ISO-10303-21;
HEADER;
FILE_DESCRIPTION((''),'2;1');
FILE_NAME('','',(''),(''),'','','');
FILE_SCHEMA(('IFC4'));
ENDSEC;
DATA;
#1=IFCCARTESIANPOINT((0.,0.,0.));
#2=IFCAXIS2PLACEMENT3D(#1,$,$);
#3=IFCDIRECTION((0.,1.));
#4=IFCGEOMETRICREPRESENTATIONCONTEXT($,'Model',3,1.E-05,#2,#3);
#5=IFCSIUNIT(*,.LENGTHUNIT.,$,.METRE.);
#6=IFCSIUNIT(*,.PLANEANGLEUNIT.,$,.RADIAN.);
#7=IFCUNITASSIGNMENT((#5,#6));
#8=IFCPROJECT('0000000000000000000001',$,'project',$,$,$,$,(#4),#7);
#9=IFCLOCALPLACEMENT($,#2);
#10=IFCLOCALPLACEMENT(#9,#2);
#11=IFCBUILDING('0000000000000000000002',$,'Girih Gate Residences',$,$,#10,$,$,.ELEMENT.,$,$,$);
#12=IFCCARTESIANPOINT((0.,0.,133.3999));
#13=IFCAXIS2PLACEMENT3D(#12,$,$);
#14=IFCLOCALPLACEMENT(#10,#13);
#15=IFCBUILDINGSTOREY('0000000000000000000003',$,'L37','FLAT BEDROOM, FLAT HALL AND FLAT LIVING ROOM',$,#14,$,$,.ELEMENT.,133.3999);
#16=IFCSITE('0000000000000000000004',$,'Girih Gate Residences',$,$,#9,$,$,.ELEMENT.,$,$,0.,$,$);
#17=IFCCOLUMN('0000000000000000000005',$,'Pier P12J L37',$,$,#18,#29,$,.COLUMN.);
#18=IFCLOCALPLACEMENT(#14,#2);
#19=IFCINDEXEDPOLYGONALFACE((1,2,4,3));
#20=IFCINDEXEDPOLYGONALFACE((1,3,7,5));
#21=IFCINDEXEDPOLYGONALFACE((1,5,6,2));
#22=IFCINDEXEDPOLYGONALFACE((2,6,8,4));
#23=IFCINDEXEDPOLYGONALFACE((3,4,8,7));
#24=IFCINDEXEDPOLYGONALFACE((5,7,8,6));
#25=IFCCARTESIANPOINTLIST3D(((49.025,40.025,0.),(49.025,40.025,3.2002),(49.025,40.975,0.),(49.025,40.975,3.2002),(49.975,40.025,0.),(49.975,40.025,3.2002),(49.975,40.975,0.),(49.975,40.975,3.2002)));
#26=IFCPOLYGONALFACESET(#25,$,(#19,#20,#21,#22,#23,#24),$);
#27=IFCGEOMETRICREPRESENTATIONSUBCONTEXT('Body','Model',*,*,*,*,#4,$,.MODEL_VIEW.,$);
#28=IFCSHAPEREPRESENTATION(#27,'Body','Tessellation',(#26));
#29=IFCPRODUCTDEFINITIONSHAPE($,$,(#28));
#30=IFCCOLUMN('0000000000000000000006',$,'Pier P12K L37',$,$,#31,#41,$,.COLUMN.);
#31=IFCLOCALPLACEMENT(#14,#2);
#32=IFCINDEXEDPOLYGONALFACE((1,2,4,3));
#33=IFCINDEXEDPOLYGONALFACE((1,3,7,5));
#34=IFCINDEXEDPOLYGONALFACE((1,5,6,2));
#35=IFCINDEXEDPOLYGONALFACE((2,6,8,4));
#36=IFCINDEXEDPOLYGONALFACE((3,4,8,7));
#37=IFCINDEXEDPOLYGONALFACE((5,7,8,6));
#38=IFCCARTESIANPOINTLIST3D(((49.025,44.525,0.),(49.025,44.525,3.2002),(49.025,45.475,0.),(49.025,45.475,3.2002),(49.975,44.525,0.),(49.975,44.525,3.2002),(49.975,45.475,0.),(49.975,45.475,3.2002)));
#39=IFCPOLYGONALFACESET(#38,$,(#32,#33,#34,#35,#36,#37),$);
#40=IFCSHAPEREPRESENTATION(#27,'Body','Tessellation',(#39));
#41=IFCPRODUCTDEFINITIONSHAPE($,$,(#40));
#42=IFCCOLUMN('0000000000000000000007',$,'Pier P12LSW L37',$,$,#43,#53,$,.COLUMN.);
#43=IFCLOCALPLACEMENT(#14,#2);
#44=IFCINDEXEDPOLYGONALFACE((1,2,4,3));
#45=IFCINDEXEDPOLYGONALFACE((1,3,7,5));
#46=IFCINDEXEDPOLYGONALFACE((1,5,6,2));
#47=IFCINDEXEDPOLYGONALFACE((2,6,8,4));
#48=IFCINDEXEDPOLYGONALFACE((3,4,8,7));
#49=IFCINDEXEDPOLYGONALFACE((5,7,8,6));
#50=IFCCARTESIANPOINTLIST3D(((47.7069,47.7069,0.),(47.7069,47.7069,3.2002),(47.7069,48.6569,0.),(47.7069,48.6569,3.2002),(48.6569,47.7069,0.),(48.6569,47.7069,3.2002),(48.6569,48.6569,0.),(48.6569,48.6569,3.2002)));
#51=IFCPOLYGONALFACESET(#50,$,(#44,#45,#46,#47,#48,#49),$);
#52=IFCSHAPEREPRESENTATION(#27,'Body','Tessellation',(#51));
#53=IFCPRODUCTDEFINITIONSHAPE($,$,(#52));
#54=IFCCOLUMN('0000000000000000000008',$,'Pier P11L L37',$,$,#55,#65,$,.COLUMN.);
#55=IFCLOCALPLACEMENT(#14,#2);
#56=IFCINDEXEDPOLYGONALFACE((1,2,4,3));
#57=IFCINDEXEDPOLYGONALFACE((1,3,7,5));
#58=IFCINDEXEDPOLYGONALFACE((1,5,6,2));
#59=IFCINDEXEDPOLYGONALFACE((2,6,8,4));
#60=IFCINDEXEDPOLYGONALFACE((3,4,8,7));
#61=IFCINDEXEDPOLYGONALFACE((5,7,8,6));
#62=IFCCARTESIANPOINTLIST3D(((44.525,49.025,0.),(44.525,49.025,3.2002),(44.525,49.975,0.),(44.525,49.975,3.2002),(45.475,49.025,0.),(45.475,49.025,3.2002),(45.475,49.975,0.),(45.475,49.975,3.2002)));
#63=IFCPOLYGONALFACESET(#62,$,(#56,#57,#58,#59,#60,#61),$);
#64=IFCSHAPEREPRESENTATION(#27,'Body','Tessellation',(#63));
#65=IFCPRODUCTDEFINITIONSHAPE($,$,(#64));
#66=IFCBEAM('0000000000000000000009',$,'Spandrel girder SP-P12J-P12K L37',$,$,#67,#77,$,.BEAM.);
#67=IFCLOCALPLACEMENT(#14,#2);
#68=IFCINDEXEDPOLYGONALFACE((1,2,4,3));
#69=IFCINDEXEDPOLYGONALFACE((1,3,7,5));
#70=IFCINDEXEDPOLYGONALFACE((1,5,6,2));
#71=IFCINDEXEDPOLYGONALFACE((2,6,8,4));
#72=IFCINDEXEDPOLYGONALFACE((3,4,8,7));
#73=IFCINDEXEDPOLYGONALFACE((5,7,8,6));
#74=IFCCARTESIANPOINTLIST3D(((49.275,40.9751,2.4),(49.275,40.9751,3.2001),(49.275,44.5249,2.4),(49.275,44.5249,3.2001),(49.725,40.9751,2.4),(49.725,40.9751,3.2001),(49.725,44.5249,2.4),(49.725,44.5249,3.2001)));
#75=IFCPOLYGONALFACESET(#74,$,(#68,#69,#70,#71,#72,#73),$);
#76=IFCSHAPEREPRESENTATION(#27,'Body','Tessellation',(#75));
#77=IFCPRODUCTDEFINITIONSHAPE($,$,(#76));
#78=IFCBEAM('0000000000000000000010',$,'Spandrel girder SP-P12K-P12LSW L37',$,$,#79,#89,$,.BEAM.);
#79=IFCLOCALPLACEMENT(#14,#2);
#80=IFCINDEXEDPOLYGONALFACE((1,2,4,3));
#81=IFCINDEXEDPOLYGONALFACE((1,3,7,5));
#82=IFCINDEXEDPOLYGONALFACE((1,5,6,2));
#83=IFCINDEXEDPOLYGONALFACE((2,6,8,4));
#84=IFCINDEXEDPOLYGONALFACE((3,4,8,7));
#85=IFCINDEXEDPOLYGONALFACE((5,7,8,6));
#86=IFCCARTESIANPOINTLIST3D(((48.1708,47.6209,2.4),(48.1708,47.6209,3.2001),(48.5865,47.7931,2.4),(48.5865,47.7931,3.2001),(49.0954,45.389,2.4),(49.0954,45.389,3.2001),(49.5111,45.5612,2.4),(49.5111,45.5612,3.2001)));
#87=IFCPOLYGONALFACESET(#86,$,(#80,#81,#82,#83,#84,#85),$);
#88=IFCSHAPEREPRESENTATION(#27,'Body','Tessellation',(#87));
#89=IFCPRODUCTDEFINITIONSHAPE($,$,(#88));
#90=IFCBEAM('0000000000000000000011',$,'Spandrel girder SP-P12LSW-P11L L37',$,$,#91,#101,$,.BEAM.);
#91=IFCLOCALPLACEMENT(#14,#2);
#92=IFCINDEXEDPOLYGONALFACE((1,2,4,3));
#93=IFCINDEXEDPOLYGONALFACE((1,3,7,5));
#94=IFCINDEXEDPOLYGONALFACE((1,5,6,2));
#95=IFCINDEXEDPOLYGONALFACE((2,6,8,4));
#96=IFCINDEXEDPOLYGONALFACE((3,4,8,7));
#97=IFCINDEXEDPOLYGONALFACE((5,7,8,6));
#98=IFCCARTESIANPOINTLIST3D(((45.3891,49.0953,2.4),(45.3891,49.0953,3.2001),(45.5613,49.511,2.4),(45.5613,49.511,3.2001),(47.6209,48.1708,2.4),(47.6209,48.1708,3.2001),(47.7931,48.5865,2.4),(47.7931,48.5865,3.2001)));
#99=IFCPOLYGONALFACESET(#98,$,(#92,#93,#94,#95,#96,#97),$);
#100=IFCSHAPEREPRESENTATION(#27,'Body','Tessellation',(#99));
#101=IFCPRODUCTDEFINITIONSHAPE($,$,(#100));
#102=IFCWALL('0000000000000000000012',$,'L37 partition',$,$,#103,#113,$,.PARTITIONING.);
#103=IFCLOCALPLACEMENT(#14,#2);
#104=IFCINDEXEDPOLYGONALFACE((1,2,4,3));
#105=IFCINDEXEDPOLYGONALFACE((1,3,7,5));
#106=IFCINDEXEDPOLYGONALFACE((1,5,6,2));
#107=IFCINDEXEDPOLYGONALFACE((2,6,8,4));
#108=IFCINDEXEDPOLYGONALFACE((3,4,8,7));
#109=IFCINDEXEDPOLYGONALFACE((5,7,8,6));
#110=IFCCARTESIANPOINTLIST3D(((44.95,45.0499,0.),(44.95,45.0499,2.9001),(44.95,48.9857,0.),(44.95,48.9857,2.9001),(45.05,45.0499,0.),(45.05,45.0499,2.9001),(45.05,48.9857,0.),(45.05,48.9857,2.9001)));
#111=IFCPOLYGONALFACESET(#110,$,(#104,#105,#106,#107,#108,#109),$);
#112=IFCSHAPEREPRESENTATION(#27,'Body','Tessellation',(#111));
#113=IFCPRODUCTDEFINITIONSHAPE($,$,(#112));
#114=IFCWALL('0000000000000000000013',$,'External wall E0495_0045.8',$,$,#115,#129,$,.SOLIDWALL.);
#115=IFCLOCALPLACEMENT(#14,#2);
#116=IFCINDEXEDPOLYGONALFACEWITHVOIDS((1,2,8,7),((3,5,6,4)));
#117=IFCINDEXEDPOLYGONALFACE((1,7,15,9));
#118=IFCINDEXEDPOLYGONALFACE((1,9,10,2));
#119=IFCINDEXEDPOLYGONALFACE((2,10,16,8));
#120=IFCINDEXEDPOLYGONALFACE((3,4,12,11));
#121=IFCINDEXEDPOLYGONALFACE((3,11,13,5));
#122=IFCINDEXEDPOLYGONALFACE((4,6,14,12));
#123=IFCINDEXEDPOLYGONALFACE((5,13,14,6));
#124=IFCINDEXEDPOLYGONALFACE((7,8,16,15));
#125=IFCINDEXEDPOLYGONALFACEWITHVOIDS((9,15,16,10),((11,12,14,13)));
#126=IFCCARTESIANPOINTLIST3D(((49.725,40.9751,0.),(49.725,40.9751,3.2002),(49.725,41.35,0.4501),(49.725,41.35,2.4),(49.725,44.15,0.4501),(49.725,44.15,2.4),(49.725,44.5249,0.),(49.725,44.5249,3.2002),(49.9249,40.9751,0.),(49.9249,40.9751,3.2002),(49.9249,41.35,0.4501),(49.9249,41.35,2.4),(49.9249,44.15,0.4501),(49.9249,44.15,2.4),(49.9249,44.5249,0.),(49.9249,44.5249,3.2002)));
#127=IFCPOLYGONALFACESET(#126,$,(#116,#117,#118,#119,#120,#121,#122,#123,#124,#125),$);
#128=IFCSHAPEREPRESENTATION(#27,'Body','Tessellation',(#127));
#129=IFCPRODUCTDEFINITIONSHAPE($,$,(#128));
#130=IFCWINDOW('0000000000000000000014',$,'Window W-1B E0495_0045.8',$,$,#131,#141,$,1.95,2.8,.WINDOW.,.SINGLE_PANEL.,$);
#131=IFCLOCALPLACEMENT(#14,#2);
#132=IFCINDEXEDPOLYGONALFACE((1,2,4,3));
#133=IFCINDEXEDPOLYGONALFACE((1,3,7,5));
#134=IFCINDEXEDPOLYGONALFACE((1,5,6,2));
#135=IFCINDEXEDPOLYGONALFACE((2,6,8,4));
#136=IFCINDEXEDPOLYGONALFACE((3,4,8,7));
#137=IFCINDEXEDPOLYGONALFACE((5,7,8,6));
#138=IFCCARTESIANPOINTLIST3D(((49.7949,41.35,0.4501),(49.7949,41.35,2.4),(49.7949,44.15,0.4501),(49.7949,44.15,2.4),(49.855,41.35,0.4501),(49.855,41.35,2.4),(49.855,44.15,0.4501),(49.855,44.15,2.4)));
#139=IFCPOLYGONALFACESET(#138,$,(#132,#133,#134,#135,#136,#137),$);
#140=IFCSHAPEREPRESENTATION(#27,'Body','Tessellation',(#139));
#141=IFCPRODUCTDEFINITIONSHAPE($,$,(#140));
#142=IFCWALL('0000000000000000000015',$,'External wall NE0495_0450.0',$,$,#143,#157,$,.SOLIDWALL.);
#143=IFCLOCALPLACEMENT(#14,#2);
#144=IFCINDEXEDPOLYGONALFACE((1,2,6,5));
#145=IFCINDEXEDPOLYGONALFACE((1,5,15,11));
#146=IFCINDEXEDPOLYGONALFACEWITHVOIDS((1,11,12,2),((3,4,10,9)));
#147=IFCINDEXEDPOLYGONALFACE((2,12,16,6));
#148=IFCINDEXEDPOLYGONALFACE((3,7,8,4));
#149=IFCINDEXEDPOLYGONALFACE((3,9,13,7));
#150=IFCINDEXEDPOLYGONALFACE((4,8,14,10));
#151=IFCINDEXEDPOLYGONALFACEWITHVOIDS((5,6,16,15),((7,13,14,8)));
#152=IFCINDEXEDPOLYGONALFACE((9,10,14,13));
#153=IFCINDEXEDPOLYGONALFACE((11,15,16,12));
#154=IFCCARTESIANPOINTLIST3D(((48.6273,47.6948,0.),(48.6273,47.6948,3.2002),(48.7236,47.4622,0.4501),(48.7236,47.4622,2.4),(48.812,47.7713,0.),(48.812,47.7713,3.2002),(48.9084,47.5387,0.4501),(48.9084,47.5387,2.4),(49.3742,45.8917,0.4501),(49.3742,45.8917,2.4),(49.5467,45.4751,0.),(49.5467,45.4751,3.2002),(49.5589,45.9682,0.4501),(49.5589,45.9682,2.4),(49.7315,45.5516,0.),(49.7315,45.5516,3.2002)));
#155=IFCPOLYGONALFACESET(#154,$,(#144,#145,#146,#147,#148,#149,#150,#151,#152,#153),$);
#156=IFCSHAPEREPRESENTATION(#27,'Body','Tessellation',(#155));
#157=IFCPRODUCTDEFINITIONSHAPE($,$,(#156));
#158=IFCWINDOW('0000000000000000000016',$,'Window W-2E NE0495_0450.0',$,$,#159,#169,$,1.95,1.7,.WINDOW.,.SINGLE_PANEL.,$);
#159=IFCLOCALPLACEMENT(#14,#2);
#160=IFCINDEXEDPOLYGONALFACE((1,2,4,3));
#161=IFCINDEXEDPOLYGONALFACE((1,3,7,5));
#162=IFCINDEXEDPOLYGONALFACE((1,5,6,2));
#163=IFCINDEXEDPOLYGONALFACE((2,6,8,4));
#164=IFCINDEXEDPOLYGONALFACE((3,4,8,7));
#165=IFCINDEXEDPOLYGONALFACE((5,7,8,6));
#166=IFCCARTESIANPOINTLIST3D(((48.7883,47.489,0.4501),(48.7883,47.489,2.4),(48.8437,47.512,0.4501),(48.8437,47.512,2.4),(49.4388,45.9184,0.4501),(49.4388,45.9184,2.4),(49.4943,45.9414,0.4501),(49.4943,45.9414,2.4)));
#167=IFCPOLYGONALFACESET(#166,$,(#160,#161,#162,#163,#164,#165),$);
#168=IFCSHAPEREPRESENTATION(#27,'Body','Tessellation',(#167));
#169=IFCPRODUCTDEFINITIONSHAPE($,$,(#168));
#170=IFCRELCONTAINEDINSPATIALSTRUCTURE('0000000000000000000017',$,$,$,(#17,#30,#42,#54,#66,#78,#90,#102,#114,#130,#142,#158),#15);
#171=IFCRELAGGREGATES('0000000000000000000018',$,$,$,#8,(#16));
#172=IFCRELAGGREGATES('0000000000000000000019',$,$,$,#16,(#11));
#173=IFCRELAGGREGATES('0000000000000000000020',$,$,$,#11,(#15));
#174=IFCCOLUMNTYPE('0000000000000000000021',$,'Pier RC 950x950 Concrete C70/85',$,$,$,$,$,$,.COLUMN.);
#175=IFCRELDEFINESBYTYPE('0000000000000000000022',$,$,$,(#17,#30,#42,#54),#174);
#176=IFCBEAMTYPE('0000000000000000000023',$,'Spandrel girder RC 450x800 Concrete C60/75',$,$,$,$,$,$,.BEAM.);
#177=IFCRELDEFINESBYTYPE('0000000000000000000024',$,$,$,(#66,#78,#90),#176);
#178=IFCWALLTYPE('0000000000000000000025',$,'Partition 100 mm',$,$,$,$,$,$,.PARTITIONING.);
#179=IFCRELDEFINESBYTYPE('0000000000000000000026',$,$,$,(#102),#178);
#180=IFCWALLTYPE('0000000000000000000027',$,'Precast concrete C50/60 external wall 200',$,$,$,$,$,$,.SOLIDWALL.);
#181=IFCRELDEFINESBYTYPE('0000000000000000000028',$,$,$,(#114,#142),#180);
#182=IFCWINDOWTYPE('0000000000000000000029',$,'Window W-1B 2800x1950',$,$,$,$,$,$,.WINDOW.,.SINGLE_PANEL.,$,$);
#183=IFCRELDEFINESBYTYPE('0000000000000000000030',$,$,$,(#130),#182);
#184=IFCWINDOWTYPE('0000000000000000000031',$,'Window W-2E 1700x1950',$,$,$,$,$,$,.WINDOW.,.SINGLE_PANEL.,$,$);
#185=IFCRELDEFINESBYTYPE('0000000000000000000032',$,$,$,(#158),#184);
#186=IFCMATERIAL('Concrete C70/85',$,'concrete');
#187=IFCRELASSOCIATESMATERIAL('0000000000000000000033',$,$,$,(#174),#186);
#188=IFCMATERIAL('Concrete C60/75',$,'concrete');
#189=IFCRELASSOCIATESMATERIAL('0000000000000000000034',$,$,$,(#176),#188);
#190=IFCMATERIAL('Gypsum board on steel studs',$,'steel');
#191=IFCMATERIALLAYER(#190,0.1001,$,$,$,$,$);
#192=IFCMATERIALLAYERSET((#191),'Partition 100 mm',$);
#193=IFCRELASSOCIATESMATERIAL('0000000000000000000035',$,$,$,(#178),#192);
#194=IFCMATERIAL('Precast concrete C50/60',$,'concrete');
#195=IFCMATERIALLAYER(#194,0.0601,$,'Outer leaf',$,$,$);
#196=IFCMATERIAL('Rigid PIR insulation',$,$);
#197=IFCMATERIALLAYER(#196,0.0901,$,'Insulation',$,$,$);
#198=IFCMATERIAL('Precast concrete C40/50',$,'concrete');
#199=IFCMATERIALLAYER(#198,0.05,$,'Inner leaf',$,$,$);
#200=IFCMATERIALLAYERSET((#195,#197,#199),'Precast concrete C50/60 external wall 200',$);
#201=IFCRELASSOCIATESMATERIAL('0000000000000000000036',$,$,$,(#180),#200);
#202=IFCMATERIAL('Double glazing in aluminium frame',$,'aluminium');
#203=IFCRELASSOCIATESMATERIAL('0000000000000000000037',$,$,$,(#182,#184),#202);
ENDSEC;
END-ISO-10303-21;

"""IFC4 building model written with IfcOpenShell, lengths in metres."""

from ifc_helpers import new_model, si_unit, direction, frame, frame_2d, origin, origin_2d, place, context, subcontext, project, spatial, rectangle, extrude, material, layer, layer_set, material_profile, profile_set, type_object, element, fill, save


model = new_model("IFC4")

# Units and contexts
model_context = context("Model", 3, precision=1e-05, world=origin(), true_north=direction((0.0, 1.0)))
body_context = subcontext(model_context, "Body", "Model", "MODEL_VIEW")
ifc_project = project(units=[si_unit("LENGTHUNIT", "METRE"), si_unit("PLANEANGLEUNIT", "RADIAN")], contexts=[model_context])

# Site, building, storey
site_placement = place(None, origin())
site = spatial("IfcSite", under=ifc_project, at=site_placement, Name="Girih Gate Residences", CompositionType="ELEMENT", RefElevation=0.0)
building_placement = place(site_placement, origin())
building = spatial("IfcBuilding", under=site, at=building_placement, Name="Girih Gate Residences", CompositionType="ELEMENT")
storey_placement = place(building_placement, frame((0.0, 0.0, 133.3999)))
storey = spatial("IfcBuildingStorey", under=building, at=storey_placement, Name="L37", Description="FLAT BEDROOM, FLAT HALL AND FLAT LIVING ROOM", CompositionType="ELEMENT", Elevation=133.3999)

# Columns
ifc_material_1 = material(Name="Concrete C70/85", Category="concrete")
ifc_material_profile_1 = material_profile(ifc_material_1, rectangle(XDim=0.95, YDim=0.95, at=origin_2d()))
ifc_profile_set_1 = profile_set([ifc_material_profile_1], Name="Concrete C70/85")
column_type = type_object("IfcColumnType", Name="Pier RC 950x950 Concrete C70/85", PredefinedType="COLUMN", material=ifc_profile_set_1)
for number, where, z_axis, x_axis, name in (
    (1, (49.5, 40.5, 0.0), (0.0, 0.0, 1.0), (1.0, 0.0, 0.0), "Pier P12J L37"),
    (2, (49.5, 45.0, 0.0), (0.0, 0.0, 1.0), (1.0, 0.0, 0.0), "Pier P12K L37"),
    (3, (48.1819, 48.1819, 0.0), (0.0, 0.0, 1.0), (1.0, 0.0, 0.0), "Pier P12LSW L37"),
    (4, (45.0, 49.5, 0.0), (0.0, 0.0, 1.0), (1.0, 0.0, 0.0), "Pier P11L L37"),
):
    element("IfcColumn", number, at=place(storey_placement, frame(where, z_axis=z_axis, x_axis=x_axis)), inside=storey, type_object=column_type, Name=name, PredefinedType="COLUMN", context=body_context, shape_type="SweptSolid", body=[
        extrude(rectangle(XDim=0.95, YDim=0.95, at=origin_2d()), origin(), (0.0, 0.0, 1.0), 3.2002),
    ])

# Beams
ifc_material_2 = material(Name="Concrete C60/75", Category="concrete")
ifc_material_profile_2 = material_profile(ifc_material_2, rectangle(XDim=0.45, YDim=0.8, at=origin_2d()))
ifc_profile_set_2 = profile_set([ifc_material_profile_2], Name="Concrete C60/75")
beam_type = type_object("IfcBeamType", Name="Spandrel girder RC 450x800 Concrete C60/75", PredefinedType="BEAM", material=ifc_profile_set_2)
beam_placement = place(storey_placement, frame((49.5, 40.9751, 2.8), z_axis=(0.0, 1.0, 0.0), x_axis=(-1.0, 0.0, 0.0)))
element("IfcBeam", 5, at=beam_placement, inside=storey, type_object=beam_type, Name="Spandrel girder SP-P12J-P12K L37", PredefinedType="BEAM", context=body_context, shape_type="SweptSolid", body=[
    extrude(rectangle(XDim=0.45, YDim=0.8, at=origin_2d()), origin(), (0.0, 0.0, 1.0), 3.5498),
])
for number, where, z_axis, x_axis, name in (
    (6, (49.3032, 45.4751, 2.8), (-0.382706, 0.92387, 0.0), (-0.92387, -0.382706, 0.0), "Spandrel girder SP-P12K-P12LSW L37"),
    (7, (47.707, 48.3787, 2.8), (-0.92387, 0.382706, 0.0), (-0.382706, -0.92387, 0.0), "Spandrel girder SP-P12LSW-P11L L37"),
):
    element("IfcBeam", number, at=place(storey_placement, frame(where, z_axis=z_axis, x_axis=x_axis)), inside=storey, type_object=beam_type, Name=name, PredefinedType="BEAM", context=body_context, shape_type="SweptSolid", body=[
        extrude(rectangle(XDim=0.45, YDim=0.8, at=origin_2d()), origin(), (0.0, 0.0, 1.0), 2.4158),
    ])

# Wall
ifc_material_3 = material(Name="Gypsum board on steel studs", Category="steel")
ifc_layer_1 = layer(ifc_material_3, 0.1001)
ifc_layer_set_1 = layer_set([ifc_layer_1], Name="Partition 100 mm")
wall_type_1 = type_object("IfcWallType", Name="Partition 100 mm", PredefinedType="PARTITIONING", material=ifc_layer_set_1)
wall_1_placement = place(storey_placement, frame((45.0, 45.05, 0.0), z_axis=(0.0, 0.0, 1.0), x_axis=(0.0, 1.0, 0.0)))
element("IfcWall", 8, at=wall_1_placement, inside=storey, type_object=wall_type_1, Name="L37 partition", PredefinedType="PARTITIONING", context=body_context, shape_type="SweptSolid", body=[
    extrude(rectangle(XDim=3.9358, YDim=0.1001, at=frame_2d((1.9678, 0.0))), origin(), (0.0, 0.0, 1.0), 2.9001),
])

# Walls, openings, windows
ifc_material_4 = material(Name="Precast concrete C50/60", Category="concrete")
ifc_layer_2 = layer(ifc_material_4, 0.0601, Name="Outer leaf")
ifc_material_5 = material(Name="Rigid PIR insulation")
ifc_layer_3 = layer(ifc_material_5, 0.0901, Name="Insulation")
ifc_material_6 = material(Name="Precast concrete C40/50", Category="concrete")
ifc_layer_4 = layer(ifc_material_6, 0.05, Name="Inner leaf")
ifc_layer_set_2 = layer_set([ifc_layer_2, ifc_layer_3, ifc_layer_4], Name="Precast concrete C50/60 external wall 200")
wall_type_2 = type_object("IfcWallType", Name="Precast concrete C50/60 external wall 200", PredefinedType="SOLIDWALL", material=ifc_layer_set_2)
wall_2_placement = place(storey_placement, frame((49.825, 44.5249, 0.0), z_axis=(0.0, 0.0, 1.0), x_axis=(0.0, -1.0, 0.0)))
wall_2 = element("IfcWall", 9, at=wall_2_placement, inside=storey, type_object=wall_type_2, Name="External wall E0495_0045.8", PredefinedType="SOLIDWALL", context=body_context, shape_type="SweptSolid", body=[
    extrude(rectangle(XDim=3.5498, YDim=0.2, at=frame_2d((1.7749, 0.0))), origin(), (0.0, 0.0, 1.0), 3.2002),
])
opening_1_placement = place(wall_2_placement, frame((0.375, 0.0, 0.45)))
opening_1 = element("IfcOpeningElement", 10, at=opening_1_placement, cuts=wall_2, PredefinedType="OPENING", context=body_context, shape_type="SweptSolid", body=[
    extrude(rectangle(XDim=2.8, YDim=1.95, at=frame_2d((1.3999, 0.9751))), frame((0.0, 0.1099, 0.0), z_axis=(0.0, -1.0, 0.0), x_axis=(1.0, 0.0, 0.0)), (0.0, 0.0, 1.0), 0.22),
])
ifc_material_7 = material(Name="Double glazing in aluminium frame", Category="aluminium")
window_type_1 = type_object("IfcWindowType", Name="Window W-1B 2800x1950", PartitioningType="SINGLE_PANEL", PredefinedType="WINDOW", material=ifc_material_7)
window_1_placement = place(opening_1_placement, origin())
window_1 = element("IfcWindow", 11, at=window_1_placement, inside=storey, type_object=window_type_1, Name="Window W-1B E0495_0045.8", OverallHeight=1.95, OverallWidth=2.8, PartitioningType="SINGLE_PANEL", PredefinedType="WINDOW", context=body_context, shape_type="SweptSolid", body=[
    extrude(rectangle(XDim=2.8, YDim=1.95, at=frame_2d((1.3999, 0.9751))), frame((0.0, 0.03, 0.0), z_axis=(0.0, -1.0, 0.0), x_axis=(1.0, 0.0, 0.0)), (0.0, 0.0, 1.0), 0.0601),
])
fill(opening_1, window_1)
wall_3_placement = place(storey_placement, frame((48.7197, 47.7329, 0.0), z_axis=(0.0, 0.0, 1.0), x_axis=(0.382681, -0.923881, 0.0)))
wall_3 = element("IfcWall", 12, at=wall_3_placement, inside=storey, type_object=wall_type_2, Name="External wall NE0495_0450.0", PredefinedType="SOLIDWALL", context=body_context, shape_type="SweptSolid", body=[
    extrude(rectangle(XDim=2.4026, YDim=0.2, at=frame_2d((1.2012, 0.0))), origin(), (0.0, 0.0, 1.0), 3.2002),
])
opening_2_placement = place(wall_3_placement, frame((0.2515, 0.0, 0.45)))
opening_2 = element("IfcOpeningElement", 13, at=opening_2_placement, cuts=wall_3, PredefinedType="OPENING", context=body_context, shape_type="SweptSolid", body=[
    extrude(rectangle(XDim=1.7, YDim=1.95, at=frame_2d((0.8501, 0.9751))), frame((0.0, 0.1099, 0.0), z_axis=(0.0, -1.0, 0.0), x_axis=(1.0, 0.0, 0.0)), (0.0, 0.0, 1.0), 0.22),
])
window_type_2 = type_object("IfcWindowType", Name="Window W-2E 1700x1950", PartitioningType="SINGLE_PANEL", PredefinedType="WINDOW", material=ifc_material_7)
window_2_placement = place(opening_2_placement, origin())
window_2 = element("IfcWindow", 14, at=window_2_placement, inside=storey, type_object=window_type_2, Name="Window W-2E NE0495_0450.0", OverallHeight=1.95, OverallWidth=1.7, PartitioningType="SINGLE_PANEL", PredefinedType="WINDOW", context=body_context, shape_type="SweptSolid", body=[
    extrude(rectangle(XDim=1.7, YDim=1.95, at=frame_2d((0.8501, 0.9751))), frame((0.0, 0.03, 0.0), z_axis=(0.0, -1.0, 0.0), x_axis=(1.0, 0.0, 0.0)), (0.0, 0.0, 1.0), 0.0601),
])
fill(opening_2, window_2)

save(model, "model.ifc")
